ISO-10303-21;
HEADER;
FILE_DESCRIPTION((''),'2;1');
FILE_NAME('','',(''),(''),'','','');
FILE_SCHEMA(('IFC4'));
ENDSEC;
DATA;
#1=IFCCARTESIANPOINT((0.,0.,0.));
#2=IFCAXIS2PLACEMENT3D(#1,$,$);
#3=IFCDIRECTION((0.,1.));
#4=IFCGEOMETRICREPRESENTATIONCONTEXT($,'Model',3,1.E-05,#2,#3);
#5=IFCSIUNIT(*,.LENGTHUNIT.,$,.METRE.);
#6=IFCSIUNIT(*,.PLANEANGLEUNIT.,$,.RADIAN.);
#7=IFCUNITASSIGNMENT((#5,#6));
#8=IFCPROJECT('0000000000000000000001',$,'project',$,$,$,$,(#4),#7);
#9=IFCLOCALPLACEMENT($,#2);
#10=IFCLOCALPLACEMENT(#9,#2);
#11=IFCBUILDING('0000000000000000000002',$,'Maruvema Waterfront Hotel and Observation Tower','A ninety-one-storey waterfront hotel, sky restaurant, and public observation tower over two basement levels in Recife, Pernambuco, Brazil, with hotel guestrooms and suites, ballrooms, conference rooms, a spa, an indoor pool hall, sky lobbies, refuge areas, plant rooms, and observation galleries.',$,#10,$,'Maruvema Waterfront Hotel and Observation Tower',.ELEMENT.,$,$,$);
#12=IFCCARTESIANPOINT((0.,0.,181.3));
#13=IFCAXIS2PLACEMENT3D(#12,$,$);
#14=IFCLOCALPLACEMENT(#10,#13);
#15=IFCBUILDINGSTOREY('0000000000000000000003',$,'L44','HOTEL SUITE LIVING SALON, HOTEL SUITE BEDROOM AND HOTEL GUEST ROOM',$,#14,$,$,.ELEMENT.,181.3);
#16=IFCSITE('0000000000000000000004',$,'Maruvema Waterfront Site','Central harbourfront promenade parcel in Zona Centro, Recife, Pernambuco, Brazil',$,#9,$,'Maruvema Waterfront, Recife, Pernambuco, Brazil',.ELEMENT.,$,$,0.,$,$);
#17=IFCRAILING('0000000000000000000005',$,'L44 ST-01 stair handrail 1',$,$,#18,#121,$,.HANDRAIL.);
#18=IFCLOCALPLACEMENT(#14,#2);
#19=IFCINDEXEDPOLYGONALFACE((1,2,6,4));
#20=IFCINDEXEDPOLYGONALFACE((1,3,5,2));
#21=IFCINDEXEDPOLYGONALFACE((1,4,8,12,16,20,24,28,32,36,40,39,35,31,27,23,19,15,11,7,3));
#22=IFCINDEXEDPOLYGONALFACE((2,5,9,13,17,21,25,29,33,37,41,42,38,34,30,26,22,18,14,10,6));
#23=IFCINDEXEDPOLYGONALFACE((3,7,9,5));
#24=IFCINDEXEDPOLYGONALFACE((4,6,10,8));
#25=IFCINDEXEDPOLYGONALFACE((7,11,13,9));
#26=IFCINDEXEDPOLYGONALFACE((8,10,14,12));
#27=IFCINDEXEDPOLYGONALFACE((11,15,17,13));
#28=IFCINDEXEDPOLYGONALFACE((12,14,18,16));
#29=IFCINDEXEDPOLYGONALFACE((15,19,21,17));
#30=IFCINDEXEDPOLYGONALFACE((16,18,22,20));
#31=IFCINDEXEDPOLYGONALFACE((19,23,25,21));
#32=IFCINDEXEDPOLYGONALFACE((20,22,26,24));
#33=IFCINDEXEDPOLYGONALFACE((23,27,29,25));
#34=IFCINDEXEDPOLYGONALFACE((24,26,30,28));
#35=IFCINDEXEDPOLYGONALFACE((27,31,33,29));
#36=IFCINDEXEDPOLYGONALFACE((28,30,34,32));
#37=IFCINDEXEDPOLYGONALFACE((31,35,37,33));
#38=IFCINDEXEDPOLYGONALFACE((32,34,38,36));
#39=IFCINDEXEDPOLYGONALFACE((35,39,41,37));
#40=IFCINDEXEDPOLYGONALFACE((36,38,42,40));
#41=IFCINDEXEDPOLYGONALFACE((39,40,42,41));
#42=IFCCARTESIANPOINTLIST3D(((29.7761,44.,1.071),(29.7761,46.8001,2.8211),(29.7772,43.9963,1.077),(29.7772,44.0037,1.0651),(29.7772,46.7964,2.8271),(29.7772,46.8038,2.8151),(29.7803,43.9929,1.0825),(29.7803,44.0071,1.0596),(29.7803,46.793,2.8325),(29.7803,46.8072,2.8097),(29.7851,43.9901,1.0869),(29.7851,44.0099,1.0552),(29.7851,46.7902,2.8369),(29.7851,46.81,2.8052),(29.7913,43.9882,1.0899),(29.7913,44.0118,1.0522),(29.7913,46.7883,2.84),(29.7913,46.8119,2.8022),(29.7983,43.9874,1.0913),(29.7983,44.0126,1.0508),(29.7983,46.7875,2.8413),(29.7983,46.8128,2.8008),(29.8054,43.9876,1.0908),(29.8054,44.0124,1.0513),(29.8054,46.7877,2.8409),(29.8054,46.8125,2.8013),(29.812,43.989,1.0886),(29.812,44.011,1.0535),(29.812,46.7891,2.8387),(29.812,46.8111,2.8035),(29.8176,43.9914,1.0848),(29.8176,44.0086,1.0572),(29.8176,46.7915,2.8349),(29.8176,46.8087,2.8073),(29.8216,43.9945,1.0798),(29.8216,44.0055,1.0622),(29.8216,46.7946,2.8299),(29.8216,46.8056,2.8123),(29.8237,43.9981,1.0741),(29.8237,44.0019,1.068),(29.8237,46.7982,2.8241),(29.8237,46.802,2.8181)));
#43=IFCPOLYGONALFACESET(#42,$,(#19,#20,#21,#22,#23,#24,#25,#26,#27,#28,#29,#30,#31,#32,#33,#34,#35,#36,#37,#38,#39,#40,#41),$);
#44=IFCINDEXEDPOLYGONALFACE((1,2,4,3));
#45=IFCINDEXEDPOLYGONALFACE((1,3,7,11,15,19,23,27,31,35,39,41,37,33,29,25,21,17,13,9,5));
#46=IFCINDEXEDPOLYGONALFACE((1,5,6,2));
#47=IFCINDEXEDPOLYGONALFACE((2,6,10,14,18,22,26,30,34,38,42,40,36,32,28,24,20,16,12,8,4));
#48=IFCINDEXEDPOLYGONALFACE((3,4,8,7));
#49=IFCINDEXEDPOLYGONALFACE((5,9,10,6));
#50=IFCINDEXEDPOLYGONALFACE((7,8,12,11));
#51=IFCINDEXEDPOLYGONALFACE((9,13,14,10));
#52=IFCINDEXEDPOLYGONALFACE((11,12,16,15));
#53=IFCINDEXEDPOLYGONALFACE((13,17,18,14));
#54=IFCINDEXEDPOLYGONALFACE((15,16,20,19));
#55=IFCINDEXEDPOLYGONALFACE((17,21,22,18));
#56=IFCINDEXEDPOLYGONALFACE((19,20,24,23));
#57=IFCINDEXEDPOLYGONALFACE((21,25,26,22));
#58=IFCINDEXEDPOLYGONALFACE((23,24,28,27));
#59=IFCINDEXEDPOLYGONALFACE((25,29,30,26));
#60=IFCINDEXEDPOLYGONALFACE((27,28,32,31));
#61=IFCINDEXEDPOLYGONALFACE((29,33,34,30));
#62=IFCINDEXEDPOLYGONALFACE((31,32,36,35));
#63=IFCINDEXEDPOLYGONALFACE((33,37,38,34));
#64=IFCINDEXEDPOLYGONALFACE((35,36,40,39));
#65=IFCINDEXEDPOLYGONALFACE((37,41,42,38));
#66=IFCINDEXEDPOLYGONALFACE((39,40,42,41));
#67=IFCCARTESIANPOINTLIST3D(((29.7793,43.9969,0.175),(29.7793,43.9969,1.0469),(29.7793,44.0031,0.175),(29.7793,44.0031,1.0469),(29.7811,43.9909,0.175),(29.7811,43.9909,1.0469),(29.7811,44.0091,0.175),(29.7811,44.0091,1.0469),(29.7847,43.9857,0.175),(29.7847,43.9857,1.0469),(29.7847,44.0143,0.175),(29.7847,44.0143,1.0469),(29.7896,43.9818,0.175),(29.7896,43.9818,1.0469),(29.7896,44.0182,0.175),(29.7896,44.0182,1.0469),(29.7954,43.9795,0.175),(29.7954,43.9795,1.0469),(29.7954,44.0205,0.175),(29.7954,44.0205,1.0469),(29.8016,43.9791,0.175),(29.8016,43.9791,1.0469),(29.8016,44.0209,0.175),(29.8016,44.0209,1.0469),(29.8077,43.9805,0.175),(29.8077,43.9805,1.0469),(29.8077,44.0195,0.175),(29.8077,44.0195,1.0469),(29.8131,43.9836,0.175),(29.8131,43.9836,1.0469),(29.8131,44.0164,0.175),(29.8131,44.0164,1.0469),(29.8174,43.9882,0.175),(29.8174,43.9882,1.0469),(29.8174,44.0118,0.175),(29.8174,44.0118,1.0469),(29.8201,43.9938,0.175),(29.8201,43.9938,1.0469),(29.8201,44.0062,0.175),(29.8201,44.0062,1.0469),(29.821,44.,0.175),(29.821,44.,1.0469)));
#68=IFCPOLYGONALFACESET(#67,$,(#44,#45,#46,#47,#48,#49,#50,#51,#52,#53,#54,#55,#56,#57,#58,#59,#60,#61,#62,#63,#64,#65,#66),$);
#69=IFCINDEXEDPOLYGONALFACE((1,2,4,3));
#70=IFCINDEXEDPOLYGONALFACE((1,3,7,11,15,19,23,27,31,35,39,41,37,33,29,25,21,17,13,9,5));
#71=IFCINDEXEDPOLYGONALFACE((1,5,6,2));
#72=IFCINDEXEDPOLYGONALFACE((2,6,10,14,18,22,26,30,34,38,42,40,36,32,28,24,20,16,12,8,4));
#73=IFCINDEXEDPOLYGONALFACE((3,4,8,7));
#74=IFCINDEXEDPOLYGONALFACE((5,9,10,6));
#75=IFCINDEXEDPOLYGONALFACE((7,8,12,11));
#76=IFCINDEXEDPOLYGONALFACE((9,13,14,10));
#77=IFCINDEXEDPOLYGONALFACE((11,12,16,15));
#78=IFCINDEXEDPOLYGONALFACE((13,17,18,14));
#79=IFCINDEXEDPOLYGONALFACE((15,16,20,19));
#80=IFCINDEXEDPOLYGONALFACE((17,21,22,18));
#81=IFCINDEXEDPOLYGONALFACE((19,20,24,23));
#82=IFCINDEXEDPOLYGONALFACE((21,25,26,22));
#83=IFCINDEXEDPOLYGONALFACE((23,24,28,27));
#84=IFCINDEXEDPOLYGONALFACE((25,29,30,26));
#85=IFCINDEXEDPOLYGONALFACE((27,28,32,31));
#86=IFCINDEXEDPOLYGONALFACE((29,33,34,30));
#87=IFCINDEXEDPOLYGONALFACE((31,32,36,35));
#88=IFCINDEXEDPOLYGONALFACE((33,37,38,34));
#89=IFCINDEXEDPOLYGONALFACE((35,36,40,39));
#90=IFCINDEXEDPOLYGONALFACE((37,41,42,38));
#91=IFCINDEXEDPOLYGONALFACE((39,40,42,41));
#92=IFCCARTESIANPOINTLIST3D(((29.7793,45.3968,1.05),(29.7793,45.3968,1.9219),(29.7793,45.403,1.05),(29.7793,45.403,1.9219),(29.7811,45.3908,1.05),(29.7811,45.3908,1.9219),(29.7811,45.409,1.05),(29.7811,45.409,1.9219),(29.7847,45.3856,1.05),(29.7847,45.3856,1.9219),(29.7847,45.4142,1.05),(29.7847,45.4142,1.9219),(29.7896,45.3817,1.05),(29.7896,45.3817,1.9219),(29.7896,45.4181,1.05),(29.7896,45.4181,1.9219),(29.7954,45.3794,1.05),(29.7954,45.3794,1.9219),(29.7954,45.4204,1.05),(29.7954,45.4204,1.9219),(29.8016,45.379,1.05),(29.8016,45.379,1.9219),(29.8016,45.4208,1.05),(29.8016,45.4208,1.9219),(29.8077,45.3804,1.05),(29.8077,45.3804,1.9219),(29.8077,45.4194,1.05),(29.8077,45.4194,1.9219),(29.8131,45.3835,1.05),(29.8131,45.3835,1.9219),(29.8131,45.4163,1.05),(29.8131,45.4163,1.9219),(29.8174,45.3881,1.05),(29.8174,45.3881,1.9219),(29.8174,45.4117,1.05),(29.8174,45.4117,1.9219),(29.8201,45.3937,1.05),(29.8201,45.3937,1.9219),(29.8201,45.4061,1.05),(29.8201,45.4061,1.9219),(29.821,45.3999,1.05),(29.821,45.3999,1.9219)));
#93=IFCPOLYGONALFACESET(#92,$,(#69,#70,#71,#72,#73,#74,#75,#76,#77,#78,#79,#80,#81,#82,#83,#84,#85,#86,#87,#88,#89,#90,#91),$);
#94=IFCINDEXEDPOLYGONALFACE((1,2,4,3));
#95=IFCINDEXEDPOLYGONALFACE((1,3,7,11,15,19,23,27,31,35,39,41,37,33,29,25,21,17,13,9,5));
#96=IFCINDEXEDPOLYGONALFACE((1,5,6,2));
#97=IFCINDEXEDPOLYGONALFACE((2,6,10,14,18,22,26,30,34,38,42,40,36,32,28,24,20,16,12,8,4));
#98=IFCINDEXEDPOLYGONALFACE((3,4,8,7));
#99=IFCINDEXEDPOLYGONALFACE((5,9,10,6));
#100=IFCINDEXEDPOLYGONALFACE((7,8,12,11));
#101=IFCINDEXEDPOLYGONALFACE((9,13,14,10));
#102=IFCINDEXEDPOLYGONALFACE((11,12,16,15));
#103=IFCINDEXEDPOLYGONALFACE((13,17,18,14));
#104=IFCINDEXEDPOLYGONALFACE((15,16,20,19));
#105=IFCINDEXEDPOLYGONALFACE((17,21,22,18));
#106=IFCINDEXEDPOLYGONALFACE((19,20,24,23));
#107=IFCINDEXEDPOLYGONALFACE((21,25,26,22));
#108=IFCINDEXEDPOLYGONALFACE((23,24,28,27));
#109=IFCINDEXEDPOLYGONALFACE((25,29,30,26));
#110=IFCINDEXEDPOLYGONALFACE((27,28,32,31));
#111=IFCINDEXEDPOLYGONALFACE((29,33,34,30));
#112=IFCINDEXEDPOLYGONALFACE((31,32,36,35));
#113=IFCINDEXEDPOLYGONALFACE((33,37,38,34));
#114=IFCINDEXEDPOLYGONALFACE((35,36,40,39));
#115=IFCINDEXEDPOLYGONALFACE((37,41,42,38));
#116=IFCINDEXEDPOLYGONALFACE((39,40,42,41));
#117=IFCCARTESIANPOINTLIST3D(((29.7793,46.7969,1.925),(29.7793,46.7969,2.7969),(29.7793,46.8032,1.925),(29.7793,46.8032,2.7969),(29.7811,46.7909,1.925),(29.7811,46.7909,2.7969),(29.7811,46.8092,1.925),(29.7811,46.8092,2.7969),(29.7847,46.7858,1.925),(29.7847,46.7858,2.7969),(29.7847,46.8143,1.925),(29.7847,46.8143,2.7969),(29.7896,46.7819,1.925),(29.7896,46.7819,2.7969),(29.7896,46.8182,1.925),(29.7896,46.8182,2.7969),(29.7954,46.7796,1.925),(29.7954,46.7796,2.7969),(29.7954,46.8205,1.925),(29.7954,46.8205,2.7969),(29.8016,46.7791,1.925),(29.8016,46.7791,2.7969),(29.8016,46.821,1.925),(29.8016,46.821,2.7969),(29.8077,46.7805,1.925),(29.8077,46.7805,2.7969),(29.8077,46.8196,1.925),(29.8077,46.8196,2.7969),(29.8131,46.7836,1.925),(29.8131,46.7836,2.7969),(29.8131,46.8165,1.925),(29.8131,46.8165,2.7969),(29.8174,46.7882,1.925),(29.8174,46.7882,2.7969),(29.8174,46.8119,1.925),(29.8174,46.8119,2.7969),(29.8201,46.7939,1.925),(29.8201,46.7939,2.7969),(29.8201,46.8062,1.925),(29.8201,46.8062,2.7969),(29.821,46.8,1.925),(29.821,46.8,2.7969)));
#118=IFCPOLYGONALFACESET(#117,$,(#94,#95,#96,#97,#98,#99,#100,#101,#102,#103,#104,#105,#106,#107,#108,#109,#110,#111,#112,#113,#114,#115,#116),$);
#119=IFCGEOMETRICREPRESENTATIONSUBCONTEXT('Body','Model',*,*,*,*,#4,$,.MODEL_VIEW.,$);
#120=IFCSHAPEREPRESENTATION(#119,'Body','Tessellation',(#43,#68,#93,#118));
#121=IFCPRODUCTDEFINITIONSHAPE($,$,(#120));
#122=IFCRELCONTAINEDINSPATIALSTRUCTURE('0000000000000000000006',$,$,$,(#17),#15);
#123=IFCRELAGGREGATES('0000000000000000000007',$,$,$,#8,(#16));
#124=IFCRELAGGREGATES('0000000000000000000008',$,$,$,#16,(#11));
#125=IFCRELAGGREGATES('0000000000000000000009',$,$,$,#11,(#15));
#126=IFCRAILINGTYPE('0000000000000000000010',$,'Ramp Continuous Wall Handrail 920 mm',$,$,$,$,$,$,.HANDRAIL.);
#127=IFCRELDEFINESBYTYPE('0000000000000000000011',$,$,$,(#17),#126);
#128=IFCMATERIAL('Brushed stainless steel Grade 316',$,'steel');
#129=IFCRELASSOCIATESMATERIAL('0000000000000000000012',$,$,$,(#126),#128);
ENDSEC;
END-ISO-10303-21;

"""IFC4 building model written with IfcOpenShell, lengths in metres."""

from ifc_helpers import new_model, si_unit, direction, frame, origin, origin_2d, place, context, subcontext, project, spatial, circle, extrude, material, type_object, element, save


model = new_model("IFC4")

# Units and contexts
model_context = context("Model", 3, precision=1e-05, world=origin(), true_north=direction((0.0, 1.0)))
body_context = subcontext(model_context, "Body", "Model", "MODEL_VIEW")
ifc_project = project(units=[si_unit("LENGTHUNIT", "METRE"), si_unit("PLANEANGLEUNIT", "RADIAN")], contexts=[model_context])

# Site, building, storey
site_placement = place(None, origin())
site = spatial("IfcSite", under=ifc_project, at=site_placement, Name="Maruvema Waterfront Site", Description="Central harbourfront promenade parcel in Zona Centro, Recife, Pernambuco, Brazil", LongName="Maruvema Waterfront, Recife, Pernambuco, Brazil", CompositionType="ELEMENT", RefElevation=0.0)
building_placement = place(site_placement, origin())
building = spatial("IfcBuilding", under=site, at=building_placement, Name="Maruvema Waterfront Hotel and Observation Tower", Description="A ninety-one-storey waterfront hotel, sky restaurant, and public observation tower over two basement levels in Recife, Pernambuco, Brazil, with hotel guestrooms and suites, ballrooms, conference rooms, a spa, an indoor pool hall, sky lobbies, refuge areas, plant rooms, and observation galleries.", LongName="Maruvema Waterfront Hotel and Observation Tower", CompositionType="ELEMENT")
storey_placement = place(building_placement, frame((0.0, 0.0, 181.3)))
storey = spatial("IfcBuildingStorey", under=building, at=storey_placement, Name="L44", Description="HOTEL SUITE LIVING SALON, HOTEL SUITE BEDROOM AND HOTEL GUEST ROOM", CompositionType="ELEMENT", Elevation=181.3)

# Railing
ifc_material_1 = material(Name="Brushed stainless steel Grade 316", Category="steel")
railing_type_1 = type_object("IfcRailingType", Name="Ramp Continuous Wall Handrail 920 mm", PredefinedType="HANDRAIL", material=ifc_material_1)
railing_1_placement = place(storey_placement, frame((29.8, 44.0, 0.175)))
element("IfcRailing", 1, at=railing_1_placement, inside=storey, type_object=railing_type_1, Name="L44 ST-01 stair handrail 1", PredefinedType="HANDRAIL", context=body_context, shape_type="SweptSolid", body=[
    extrude(circle(Radius=0.0239, at=origin_2d()), frame((0.0, 0.0, 0.896), z_axis=(0.0, 0.848002, 0.529992), x_axis=(-1.0, 0.0, 0.0)), (0.0, 0.0, 1.0), 3.302),
    extrude(circle(Radius=0.021, at=origin_2d()), origin(), (0.0, 0.0, 1.0), 0.8718),
    extrude(circle(Radius=0.021, at=origin_2d()), frame((0.0, 1.3999, 0.875)), (0.0, 0.0, 1.0), 0.8718),
    extrude(circle(Radius=0.021, at=origin_2d()), frame((0.0, 2.8, 1.75)), (0.0, 0.0, 1.0), 0.8718),
])

save(model, "model.ifc")
